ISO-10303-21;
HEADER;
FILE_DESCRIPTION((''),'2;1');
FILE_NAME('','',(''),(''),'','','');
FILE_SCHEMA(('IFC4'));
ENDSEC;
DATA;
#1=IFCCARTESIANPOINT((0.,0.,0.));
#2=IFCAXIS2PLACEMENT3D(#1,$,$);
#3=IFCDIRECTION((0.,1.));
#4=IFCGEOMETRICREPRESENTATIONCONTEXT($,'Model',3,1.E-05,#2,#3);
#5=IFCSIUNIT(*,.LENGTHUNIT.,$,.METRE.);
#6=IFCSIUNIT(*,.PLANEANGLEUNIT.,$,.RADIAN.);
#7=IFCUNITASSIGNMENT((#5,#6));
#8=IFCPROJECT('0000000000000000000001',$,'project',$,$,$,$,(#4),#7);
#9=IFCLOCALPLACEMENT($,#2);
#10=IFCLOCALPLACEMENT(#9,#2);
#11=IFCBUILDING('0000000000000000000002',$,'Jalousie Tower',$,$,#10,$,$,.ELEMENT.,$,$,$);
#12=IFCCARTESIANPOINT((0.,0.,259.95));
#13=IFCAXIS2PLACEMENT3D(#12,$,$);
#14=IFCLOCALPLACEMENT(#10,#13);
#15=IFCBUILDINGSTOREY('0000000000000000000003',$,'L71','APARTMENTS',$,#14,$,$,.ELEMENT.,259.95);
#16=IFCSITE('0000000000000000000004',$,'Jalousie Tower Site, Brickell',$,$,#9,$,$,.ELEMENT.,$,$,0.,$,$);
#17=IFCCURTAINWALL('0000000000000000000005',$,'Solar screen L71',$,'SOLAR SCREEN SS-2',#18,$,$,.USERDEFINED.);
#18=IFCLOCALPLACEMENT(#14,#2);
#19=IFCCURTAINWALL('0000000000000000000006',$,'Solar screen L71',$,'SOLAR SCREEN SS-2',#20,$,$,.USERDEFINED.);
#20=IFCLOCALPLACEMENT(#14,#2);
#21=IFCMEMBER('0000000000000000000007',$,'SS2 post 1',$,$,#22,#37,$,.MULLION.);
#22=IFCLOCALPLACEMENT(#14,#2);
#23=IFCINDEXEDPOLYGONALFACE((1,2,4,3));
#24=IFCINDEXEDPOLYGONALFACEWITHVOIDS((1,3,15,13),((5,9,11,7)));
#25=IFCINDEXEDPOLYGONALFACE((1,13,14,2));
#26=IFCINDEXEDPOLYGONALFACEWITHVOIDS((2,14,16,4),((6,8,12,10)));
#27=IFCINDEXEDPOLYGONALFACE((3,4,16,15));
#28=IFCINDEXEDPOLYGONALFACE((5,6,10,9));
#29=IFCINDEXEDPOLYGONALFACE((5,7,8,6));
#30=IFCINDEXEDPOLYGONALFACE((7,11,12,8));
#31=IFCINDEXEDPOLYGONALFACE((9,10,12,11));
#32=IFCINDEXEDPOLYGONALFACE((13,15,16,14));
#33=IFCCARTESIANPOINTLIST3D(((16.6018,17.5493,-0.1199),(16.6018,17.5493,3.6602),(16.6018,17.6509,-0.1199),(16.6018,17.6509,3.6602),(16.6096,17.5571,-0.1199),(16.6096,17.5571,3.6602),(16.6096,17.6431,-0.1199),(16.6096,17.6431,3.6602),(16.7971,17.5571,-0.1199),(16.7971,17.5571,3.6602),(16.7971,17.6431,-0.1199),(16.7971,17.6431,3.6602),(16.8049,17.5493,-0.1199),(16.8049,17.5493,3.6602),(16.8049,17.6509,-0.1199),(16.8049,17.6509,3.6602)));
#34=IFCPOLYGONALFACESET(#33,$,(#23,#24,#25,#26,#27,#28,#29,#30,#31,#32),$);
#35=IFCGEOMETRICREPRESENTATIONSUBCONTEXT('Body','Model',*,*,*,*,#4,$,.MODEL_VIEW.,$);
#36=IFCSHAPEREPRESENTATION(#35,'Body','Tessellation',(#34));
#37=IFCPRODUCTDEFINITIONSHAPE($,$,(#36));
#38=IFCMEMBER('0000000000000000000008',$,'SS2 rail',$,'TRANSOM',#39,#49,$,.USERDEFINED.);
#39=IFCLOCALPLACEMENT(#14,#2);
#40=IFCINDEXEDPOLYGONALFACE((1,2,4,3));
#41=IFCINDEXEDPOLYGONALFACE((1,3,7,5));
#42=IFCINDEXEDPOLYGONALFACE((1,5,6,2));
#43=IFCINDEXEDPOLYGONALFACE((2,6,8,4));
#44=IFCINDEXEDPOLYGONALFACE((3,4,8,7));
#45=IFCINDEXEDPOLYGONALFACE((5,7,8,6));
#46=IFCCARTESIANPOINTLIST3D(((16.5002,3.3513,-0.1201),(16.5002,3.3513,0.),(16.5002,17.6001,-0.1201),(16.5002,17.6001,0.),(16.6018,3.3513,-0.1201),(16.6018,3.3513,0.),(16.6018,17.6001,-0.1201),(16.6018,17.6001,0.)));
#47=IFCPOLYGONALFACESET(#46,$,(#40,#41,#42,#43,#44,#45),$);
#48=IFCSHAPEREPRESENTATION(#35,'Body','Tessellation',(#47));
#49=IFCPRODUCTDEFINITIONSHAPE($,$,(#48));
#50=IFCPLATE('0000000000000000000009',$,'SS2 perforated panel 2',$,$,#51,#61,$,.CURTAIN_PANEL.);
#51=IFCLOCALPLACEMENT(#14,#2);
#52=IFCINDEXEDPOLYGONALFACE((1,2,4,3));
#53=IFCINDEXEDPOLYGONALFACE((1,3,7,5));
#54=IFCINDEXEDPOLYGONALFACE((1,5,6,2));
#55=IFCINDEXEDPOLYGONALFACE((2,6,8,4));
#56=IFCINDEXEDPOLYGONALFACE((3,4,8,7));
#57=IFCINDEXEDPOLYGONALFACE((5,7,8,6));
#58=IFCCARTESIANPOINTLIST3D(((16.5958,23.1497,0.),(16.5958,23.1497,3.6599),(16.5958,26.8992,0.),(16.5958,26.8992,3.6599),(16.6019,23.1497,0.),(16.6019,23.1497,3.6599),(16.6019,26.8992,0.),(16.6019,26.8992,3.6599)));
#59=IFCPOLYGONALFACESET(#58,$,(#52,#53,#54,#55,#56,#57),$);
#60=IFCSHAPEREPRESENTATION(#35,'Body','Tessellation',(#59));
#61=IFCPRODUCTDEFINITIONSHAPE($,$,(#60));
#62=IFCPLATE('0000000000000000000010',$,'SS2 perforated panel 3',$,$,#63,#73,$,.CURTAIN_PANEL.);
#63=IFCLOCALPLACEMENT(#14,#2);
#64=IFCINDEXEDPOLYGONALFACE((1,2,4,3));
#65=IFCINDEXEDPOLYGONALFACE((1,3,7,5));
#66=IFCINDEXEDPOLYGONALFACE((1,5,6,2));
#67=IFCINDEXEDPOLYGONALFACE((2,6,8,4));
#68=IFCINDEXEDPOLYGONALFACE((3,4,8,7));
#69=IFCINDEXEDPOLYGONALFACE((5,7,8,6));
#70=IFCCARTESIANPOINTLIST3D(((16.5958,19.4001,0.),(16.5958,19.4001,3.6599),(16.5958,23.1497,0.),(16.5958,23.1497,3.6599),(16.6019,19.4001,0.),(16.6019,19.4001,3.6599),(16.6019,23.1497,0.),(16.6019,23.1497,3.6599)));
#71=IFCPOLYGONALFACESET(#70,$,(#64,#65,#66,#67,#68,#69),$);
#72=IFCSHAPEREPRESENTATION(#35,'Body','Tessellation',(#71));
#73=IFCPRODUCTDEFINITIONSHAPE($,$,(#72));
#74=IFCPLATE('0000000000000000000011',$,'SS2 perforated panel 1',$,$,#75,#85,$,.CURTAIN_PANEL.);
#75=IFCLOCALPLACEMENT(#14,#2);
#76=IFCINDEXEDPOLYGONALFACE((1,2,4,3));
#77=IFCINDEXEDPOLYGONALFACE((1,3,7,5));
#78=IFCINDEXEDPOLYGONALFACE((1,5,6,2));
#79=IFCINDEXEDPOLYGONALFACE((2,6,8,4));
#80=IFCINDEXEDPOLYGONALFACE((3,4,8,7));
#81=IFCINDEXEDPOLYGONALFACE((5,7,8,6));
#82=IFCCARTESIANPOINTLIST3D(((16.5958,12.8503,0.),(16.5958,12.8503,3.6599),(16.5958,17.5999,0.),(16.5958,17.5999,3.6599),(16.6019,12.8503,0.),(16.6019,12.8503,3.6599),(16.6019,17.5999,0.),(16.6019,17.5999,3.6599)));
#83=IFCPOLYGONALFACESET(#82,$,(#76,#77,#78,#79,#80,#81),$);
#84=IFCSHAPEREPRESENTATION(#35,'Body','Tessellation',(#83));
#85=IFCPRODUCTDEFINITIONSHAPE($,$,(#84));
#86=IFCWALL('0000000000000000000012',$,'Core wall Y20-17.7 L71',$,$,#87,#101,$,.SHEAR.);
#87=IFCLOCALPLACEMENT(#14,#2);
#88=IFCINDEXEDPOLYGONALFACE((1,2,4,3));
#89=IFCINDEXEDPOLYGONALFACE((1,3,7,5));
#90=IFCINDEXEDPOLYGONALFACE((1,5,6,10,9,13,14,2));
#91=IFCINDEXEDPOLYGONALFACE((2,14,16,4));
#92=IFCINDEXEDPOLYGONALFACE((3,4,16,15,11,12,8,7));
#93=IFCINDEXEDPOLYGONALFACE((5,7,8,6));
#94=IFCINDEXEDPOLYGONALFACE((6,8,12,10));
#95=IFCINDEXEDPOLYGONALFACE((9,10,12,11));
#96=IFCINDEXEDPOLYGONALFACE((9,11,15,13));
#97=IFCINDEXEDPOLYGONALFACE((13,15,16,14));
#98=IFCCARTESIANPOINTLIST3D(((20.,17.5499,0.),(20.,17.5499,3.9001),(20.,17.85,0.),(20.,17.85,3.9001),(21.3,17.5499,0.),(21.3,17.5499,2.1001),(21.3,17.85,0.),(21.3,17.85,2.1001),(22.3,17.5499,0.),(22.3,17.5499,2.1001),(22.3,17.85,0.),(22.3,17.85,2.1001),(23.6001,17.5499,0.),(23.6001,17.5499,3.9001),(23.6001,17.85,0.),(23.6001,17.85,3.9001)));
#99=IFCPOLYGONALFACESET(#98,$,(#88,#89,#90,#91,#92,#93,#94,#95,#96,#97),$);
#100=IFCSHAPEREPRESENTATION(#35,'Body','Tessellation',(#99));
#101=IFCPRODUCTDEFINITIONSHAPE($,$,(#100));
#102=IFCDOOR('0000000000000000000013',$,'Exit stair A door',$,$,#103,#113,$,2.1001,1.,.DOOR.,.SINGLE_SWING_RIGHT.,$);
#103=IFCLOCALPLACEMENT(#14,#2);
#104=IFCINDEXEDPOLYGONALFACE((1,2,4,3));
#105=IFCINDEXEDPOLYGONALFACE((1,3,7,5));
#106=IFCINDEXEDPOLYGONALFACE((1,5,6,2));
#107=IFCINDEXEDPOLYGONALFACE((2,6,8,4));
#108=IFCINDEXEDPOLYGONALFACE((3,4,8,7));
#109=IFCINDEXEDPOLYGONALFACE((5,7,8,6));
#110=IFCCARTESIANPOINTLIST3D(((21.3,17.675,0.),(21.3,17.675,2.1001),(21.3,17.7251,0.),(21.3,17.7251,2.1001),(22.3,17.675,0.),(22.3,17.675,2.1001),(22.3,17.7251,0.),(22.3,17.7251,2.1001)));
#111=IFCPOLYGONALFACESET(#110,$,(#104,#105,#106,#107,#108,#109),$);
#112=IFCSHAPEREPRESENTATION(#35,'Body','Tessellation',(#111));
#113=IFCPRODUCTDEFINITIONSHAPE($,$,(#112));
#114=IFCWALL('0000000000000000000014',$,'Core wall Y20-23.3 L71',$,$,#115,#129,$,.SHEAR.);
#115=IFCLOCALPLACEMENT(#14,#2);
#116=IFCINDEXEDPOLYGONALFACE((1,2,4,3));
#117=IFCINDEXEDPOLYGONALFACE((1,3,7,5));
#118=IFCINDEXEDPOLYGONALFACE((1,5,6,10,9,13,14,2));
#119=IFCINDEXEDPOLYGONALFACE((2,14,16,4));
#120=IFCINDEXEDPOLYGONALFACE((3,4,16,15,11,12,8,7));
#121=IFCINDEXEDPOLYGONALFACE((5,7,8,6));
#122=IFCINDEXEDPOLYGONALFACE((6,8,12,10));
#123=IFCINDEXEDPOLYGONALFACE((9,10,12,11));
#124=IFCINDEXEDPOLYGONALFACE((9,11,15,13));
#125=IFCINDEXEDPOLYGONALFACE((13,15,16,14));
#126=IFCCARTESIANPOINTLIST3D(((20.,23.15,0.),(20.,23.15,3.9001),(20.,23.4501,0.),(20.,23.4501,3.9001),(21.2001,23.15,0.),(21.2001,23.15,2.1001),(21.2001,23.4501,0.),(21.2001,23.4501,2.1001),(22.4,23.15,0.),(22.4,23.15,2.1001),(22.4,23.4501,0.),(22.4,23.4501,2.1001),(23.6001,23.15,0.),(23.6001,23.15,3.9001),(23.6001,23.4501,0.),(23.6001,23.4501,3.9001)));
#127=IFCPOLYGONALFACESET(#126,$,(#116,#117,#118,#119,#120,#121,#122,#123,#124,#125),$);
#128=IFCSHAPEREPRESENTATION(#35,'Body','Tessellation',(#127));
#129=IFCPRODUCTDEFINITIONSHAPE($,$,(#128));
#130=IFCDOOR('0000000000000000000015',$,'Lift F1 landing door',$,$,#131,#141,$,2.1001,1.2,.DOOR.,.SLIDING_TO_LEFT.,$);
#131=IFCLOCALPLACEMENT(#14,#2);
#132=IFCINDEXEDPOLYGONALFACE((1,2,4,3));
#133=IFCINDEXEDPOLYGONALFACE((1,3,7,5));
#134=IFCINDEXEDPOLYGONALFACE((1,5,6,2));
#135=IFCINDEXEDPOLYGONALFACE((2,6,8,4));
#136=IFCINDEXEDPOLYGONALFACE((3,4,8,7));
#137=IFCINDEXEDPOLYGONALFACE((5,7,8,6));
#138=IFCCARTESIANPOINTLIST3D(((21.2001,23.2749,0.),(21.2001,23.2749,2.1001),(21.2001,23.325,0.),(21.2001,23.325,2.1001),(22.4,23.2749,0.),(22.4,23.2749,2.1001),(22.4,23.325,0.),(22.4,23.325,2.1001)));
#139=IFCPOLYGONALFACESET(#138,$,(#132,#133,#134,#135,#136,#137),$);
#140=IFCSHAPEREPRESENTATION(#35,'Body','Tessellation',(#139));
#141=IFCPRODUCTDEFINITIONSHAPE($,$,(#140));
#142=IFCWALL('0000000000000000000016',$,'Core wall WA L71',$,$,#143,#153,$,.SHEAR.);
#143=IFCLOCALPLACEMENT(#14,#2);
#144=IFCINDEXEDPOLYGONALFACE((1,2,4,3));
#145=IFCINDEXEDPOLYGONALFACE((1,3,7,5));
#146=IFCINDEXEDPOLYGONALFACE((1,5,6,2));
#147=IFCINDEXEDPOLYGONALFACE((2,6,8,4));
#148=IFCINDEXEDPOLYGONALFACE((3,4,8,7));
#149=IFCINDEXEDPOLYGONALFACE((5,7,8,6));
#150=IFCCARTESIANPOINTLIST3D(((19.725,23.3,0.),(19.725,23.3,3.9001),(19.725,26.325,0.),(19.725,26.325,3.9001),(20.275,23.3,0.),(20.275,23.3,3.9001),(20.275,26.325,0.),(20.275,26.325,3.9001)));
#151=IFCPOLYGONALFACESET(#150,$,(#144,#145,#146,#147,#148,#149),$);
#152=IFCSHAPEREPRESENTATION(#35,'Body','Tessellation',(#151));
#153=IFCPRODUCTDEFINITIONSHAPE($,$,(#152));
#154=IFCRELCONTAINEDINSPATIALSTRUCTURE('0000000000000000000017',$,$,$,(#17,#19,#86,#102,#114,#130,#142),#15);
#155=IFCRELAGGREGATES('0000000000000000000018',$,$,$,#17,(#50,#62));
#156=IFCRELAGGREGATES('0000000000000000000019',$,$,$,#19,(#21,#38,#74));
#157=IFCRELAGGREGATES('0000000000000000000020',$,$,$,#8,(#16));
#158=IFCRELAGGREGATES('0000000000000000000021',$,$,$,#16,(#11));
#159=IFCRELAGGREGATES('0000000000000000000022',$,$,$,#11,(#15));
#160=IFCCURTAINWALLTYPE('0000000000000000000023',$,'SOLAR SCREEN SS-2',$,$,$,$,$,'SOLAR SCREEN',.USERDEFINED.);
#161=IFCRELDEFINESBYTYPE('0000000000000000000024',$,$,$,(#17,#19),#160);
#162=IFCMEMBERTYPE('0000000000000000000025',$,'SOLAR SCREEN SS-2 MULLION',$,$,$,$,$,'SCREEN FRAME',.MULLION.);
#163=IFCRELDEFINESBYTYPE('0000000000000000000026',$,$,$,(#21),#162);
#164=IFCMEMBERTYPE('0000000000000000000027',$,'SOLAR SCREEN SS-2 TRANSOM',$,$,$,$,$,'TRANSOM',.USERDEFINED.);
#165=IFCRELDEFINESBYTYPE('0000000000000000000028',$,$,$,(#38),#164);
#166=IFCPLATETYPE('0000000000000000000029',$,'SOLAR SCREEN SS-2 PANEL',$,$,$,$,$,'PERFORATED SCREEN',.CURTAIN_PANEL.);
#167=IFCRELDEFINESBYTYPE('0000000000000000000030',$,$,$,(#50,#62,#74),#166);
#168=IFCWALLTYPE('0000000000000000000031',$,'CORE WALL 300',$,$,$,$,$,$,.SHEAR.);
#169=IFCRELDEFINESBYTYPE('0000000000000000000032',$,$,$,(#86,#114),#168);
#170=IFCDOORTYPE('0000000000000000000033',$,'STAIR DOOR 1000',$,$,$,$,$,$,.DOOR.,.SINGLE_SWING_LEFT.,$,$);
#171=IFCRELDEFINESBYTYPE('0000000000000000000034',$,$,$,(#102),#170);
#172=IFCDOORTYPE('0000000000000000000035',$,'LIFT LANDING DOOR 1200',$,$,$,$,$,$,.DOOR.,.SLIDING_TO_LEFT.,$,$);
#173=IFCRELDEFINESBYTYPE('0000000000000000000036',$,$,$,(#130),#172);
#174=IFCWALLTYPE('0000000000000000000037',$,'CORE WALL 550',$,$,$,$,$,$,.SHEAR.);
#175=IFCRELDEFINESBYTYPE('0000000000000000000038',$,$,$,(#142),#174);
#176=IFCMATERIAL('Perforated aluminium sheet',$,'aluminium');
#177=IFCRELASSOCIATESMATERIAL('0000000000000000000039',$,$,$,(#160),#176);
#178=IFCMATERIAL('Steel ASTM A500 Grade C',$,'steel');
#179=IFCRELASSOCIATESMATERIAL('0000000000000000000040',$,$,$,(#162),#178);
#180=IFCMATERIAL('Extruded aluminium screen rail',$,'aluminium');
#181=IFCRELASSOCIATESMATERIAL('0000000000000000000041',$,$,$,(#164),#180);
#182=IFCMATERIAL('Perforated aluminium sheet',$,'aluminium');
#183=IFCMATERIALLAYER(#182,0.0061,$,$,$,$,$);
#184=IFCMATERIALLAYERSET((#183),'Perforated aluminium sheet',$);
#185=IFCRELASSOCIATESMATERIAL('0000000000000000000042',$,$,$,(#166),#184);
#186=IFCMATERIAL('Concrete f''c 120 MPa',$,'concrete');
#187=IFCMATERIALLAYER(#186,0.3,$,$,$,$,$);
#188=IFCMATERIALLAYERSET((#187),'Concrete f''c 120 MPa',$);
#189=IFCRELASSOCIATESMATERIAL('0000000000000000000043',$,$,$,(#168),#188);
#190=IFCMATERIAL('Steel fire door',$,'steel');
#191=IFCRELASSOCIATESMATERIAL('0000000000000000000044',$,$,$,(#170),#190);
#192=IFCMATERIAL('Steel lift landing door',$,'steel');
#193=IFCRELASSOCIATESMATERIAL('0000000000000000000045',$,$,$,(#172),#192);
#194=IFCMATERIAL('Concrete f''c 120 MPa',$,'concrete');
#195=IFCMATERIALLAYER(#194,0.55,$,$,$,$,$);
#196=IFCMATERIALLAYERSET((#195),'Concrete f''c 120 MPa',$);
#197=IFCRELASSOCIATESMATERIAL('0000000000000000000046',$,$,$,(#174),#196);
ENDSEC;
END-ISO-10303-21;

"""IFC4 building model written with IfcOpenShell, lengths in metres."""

from ifc_helpers import new_model, si_unit, direction, frame, frame_2d, origin, origin_2d, place, context, subcontext, project, spatial, rectangle, hollow_rectangle, extrude, material, layer, layer_set, material_profile, profile_set, type_object, element, fill, aggregate, save


model = new_model("IFC4")

# Units and contexts
model_context = context("Model", 3, precision=1e-05, world=origin(), true_north=direction((0.0, 1.0)))
body_context = subcontext(model_context, "Body", "Model", "MODEL_VIEW")
ifc_project = project(units=[si_unit("LENGTHUNIT", "METRE"), si_unit("PLANEANGLEUNIT", "RADIAN")], contexts=[model_context])

# Site, building, storey
site_placement = place(None, origin())
site = spatial("IfcSite", under=ifc_project, at=site_placement, Name="Jalousie Tower Site, Brickell", CompositionType="ELEMENT", RefElevation=0.0)
building_placement = place(site_placement, origin())
building = spatial("IfcBuilding", under=site, at=building_placement, Name="Jalousie Tower", CompositionType="ELEMENT")
storey_placement = place(building_placement, frame((0.0, 0.0, 259.95)))
storey = spatial("IfcBuildingStorey", under=building, at=storey_placement, Name="L71", Description="APARTMENTS", CompositionType="ELEMENT", Elevation=259.95)

# Curtain walls, members
ifc_material_1 = material(Name="Perforated aluminium sheet", Category="aluminium")
curtain_wall_type = type_object("IfcCurtainWallType", Name="SOLAR SCREEN SS-2", ElementType="SOLAR SCREEN", PredefinedType="USERDEFINED", material=ifc_material_1)
curtain_wall_1_placement = place(storey_placement, origin())
curtain_wall_1 = element("IfcCurtainWall", 1, at=curtain_wall_1_placement, inside=storey, type_object=curtain_wall_type, Name="Solar screen L71", ObjectType="SOLAR SCREEN SS-2", PredefinedType="USERDEFINED")
ifc_material_2 = material(Name="Steel ASTM A500 Grade C", Category="steel")
ifc_material_profile_1 = material_profile(ifc_material_2, hollow_rectangle(XDim=0.1016, YDim=0.2031, WallThickness=0.0078, at=origin_2d()), Name="HSS8X4X5/16")
ifc_profile_set_1 = profile_set([ifc_material_profile_1], Name="Steel ASTM A500 Grade C")
member_type_1 = type_object("IfcMemberType", Name="SOLAR SCREEN SS-2 MULLION", ElementType="SCREEN FRAME", PredefinedType="MULLION", material=ifc_profile_set_1)
curtain_wall_2_placement = place(storey_placement, origin())
curtain_wall_2 = element("IfcCurtainWall", 2, at=curtain_wall_2_placement, inside=storey, type_object=curtain_wall_type, Name="Solar screen L71", ObjectType="SOLAR SCREEN SS-2", PredefinedType="USERDEFINED")
member_1_placement = place(storey_placement, frame((16.7034, 17.6001, -0.1199), z_axis=(0.0, 0.0, 1.0), x_axis=(0.0, -1.0, 0.0)))
member_1 = element("IfcMember", 3, at=member_1_placement, type_object=member_type_1, Name="SS2 post 1", PredefinedType="MULLION", context=body_context, shape_type="SweptSolid", body=[
    extrude(hollow_rectangle(XDim=0.1016, YDim=0.2031, WallThickness=0.0078, at=origin_2d()), origin(), (0.0, 0.0, 1.0), 3.78),
])
ifc_material_3 = material(Name="Extruded aluminium screen rail", Category="aluminium")
ifc_material_profile_2 = material_profile(ifc_material_3, rectangle(XDim=0.1016, YDim=0.1201, at=origin_2d()), Name="RAIL 102x120")
ifc_profile_set_2 = profile_set([ifc_material_profile_2], Name="Extruded aluminium screen rail")
member_type_2 = type_object("IfcMemberType", Name="SOLAR SCREEN SS-2 TRANSOM", ElementType="TRANSOM", PredefinedType="USERDEFINED", material=ifc_profile_set_2)
member_2_placement = place(storey_placement, frame((16.551, 17.6001, -0.0601), z_axis=(0.0, -1.0, 0.0), x_axis=(1.0, 0.0, 0.0)))
member_2 = element("IfcMember", 4, at=member_2_placement, type_object=member_type_2, Name="SS2 rail", ObjectType="TRANSOM", PredefinedType="USERDEFINED", context=body_context, shape_type="SweptSolid", body=[
    extrude(rectangle(XDim=0.1016, YDim=0.1201, at=origin_2d()), origin(), (0.0, 0.0, 1.0), 14.2488),
])

# Plates
ifc_material_4 = material(Name="Perforated aluminium sheet", Category="aluminium")
ifc_layer_1 = layer(ifc_material_4, 0.0061)
ifc_layer_set_1 = layer_set([ifc_layer_1], Name="Perforated aluminium sheet")
plate_type = type_object("IfcPlateType", Name="SOLAR SCREEN SS-2 PANEL", ElementType="PERFORATED SCREEN", PredefinedType="CURTAIN_PANEL", material=ifc_layer_set_1)
plate_1_placement = place(storey_placement, frame((16.5989, 25.0244, 0.0), z_axis=(0.0, 0.0, 1.0), x_axis=(0.0, -1.0, 0.0)))
plate_1 = element("IfcPlate", 5, at=plate_1_placement, type_object=plate_type, Name="SS2 perforated panel 2", PredefinedType="CURTAIN_PANEL", context=body_context, shape_type="SweptSolid", body=[
    extrude(rectangle(XDim=3.7495, YDim=0.0061, at=origin_2d()), origin(), (0.0, 0.0, 1.0), 3.6599),
])
plate_2_placement = place(storey_placement, frame((16.5989, 21.2749, 0.0), z_axis=(0.0, 0.0, 1.0), x_axis=(0.0, -1.0, 0.0)))
plate_2 = element("IfcPlate", 6, at=plate_2_placement, type_object=plate_type, Name="SS2 perforated panel 3", PredefinedType="CURTAIN_PANEL", context=body_context, shape_type="SweptSolid", body=[
    extrude(rectangle(XDim=3.7495, YDim=0.0061, at=origin_2d()), origin(), (0.0, 0.0, 1.0), 3.6599),
])
aggregate(curtain_wall_1, [plate_1, plate_2])
plate_3_placement = place(storey_placement, frame((16.5989, 15.2251, 0.0), z_axis=(0.0, 0.0, 1.0), x_axis=(0.0, -1.0, 0.0)))
plate_3 = element("IfcPlate", 7, at=plate_3_placement, type_object=plate_type, Name="SS2 perforated panel 1", PredefinedType="CURTAIN_PANEL", context=body_context, shape_type="SweptSolid", body=[
    extrude(rectangle(XDim=4.7495, YDim=0.0061, at=origin_2d()), origin(), (0.0, 0.0, 1.0), 3.6599),
])
aggregate(curtain_wall_2, [member_1, member_2, plate_3])

# Walls, openings, doors
ifc_material_5 = material(Name="Concrete f'c 120 MPa", Category="concrete")
ifc_layer_2 = layer(ifc_material_5, 0.3)
ifc_layer_set_2 = layer_set([ifc_layer_2], Name="Concrete f'c 120 MPa")
wall_type_1 = type_object("IfcWallType", Name="CORE WALL 300", PredefinedType="SHEAR", material=ifc_layer_set_2)
wall_1_placement = place(storey_placement, frame((20.0, 17.7, 0.0), z_axis=(0.0, 0.0, 1.0), x_axis=(1.0, 0.0, 0.0)))
wall_1 = element("IfcWall", 8, at=wall_1_placement, inside=storey, type_object=wall_type_1, Name="Core wall Y20-17.7 L71", PredefinedType="SHEAR", context=body_context, shape_type="SweptSolid", body=[
    extrude(rectangle(XDim=3.6001, YDim=0.3, at=frame_2d((1.8, 0.0))), origin(), (0.0, 0.0, 1.0), 3.9001),
])
opening_1_placement = place(wall_1_placement, frame((1.3, 0.0, 0.0)))
opening_1 = element("IfcOpeningElement", 9, at=opening_1_placement, cuts=wall_1, PredefinedType="OPENING", context=body_context, shape_type="SweptSolid", body=[
    extrude(rectangle(XDim=1.0, YDim=2.1001, at=frame_2d((0.5, 1.05))), frame((0.0, 0.1599, 0.0), z_axis=(0.0, -1.0, 0.0), x_axis=(1.0, 0.0, 0.0)), (0.0, 0.0, 1.0), 0.3201),
])
ifc_material_6 = material(Name="Steel fire door", Category="steel")
door_type_1 = type_object("IfcDoorType", Name="STAIR DOOR 1000", OperationType="SINGLE_SWING_LEFT", PredefinedType="DOOR", material=ifc_material_6)
door_1_placement = place(opening_1_placement, frame((1.0, 0.0, 0.0), z_axis=(0.0, 0.0, 1.0), x_axis=(-1.0, 0.0, 0.0)))
door_1 = element("IfcDoor", 10, at=door_1_placement, inside=storey, type_object=door_type_1, Name="Exit stair A door", OperationType="SINGLE_SWING_RIGHT", OverallHeight=2.1001, OverallWidth=1.0, PredefinedType="DOOR", context=body_context, shape_type="SweptSolid", body=[
    extrude(rectangle(XDim=1.0, YDim=2.1001, at=frame_2d((0.5, 1.05))), frame((0.0, 0.0249, 0.0), z_axis=(0.0, -1.0, 0.0), x_axis=(1.0, 0.0, 0.0)), (0.0, 0.0, 1.0), 0.05),
])
fill(opening_1, door_1)
wall_2_placement = place(storey_placement, frame((20.0, 23.3, 0.0), z_axis=(0.0, 0.0, 1.0), x_axis=(1.0, 0.0, 0.0)))
wall_2 = element("IfcWall", 11, at=wall_2_placement, inside=storey, type_object=wall_type_1, Name="Core wall Y20-23.3 L71", PredefinedType="SHEAR", context=body_context, shape_type="SweptSolid", body=[
    extrude(rectangle(XDim=3.6001, YDim=0.3, at=frame_2d((1.8, 0.0))), origin(), (0.0, 0.0, 1.0), 3.9001),
])
opening_2_placement = place(wall_2_placement, frame((1.2, 0.0, 0.0)))
opening_2 = element("IfcOpeningElement", 12, at=opening_2_placement, cuts=wall_2, PredefinedType="OPENING", context=body_context, shape_type="SweptSolid", body=[
    extrude(rectangle(XDim=1.2, YDim=2.1001, at=frame_2d((0.6001, 1.05))), frame((0.0, 0.1599, 0.0), z_axis=(0.0, -1.0, 0.0), x_axis=(1.0, 0.0, 0.0)), (0.0, 0.0, 1.0), 0.3201),
])
ifc_material_7 = material(Name="Steel lift landing door", Category="steel")
door_type_2 = type_object("IfcDoorType", Name="LIFT LANDING DOOR 1200", OperationType="SLIDING_TO_LEFT", PredefinedType="DOOR", material=ifc_material_7)
door_2_placement = place(opening_2_placement, origin())
door_2 = element("IfcDoor", 13, at=door_2_placement, inside=storey, type_object=door_type_2, Name="Lift F1 landing door", OperationType="SLIDING_TO_LEFT", OverallHeight=2.1001, OverallWidth=1.2, PredefinedType="DOOR", context=body_context, shape_type="SweptSolid", body=[
    extrude(rectangle(XDim=1.2, YDim=2.1001, at=frame_2d((0.6001, 1.05))), frame((0.0, 0.0249, 0.0), z_axis=(0.0, -1.0, 0.0), x_axis=(1.0, 0.0, 0.0)), (0.0, 0.0, 1.0), 0.05),
])
fill(opening_2, door_2)

# Wall
ifc_material_8 = material(Name="Concrete f'c 120 MPa", Category="concrete")
ifc_layer_3 = layer(ifc_material_8, 0.55)
ifc_layer_set_3 = layer_set([ifc_layer_3], Name="Concrete f'c 120 MPa")
wall_type_2 = type_object("IfcWallType", Name="CORE WALL 550", PredefinedType="SHEAR", material=ifc_layer_set_3)
wall_3_placement = place(storey_placement, frame((20.0, 26.325, 0.0), z_axis=(0.0, 0.0, 1.0), x_axis=(0.0, -1.0, 0.0)))
element("IfcWall", 14, at=wall_3_placement, inside=storey, type_object=wall_type_2, Name="Core wall WA L71", PredefinedType="SHEAR", context=body_context, shape_type="SweptSolid", body=[
    extrude(rectangle(XDim=3.0249, YDim=0.55, at=frame_2d((1.5125, 0.0))), origin(), (0.0, 0.0, 1.0), 3.9001),
])

save(model, "model.ifc")
